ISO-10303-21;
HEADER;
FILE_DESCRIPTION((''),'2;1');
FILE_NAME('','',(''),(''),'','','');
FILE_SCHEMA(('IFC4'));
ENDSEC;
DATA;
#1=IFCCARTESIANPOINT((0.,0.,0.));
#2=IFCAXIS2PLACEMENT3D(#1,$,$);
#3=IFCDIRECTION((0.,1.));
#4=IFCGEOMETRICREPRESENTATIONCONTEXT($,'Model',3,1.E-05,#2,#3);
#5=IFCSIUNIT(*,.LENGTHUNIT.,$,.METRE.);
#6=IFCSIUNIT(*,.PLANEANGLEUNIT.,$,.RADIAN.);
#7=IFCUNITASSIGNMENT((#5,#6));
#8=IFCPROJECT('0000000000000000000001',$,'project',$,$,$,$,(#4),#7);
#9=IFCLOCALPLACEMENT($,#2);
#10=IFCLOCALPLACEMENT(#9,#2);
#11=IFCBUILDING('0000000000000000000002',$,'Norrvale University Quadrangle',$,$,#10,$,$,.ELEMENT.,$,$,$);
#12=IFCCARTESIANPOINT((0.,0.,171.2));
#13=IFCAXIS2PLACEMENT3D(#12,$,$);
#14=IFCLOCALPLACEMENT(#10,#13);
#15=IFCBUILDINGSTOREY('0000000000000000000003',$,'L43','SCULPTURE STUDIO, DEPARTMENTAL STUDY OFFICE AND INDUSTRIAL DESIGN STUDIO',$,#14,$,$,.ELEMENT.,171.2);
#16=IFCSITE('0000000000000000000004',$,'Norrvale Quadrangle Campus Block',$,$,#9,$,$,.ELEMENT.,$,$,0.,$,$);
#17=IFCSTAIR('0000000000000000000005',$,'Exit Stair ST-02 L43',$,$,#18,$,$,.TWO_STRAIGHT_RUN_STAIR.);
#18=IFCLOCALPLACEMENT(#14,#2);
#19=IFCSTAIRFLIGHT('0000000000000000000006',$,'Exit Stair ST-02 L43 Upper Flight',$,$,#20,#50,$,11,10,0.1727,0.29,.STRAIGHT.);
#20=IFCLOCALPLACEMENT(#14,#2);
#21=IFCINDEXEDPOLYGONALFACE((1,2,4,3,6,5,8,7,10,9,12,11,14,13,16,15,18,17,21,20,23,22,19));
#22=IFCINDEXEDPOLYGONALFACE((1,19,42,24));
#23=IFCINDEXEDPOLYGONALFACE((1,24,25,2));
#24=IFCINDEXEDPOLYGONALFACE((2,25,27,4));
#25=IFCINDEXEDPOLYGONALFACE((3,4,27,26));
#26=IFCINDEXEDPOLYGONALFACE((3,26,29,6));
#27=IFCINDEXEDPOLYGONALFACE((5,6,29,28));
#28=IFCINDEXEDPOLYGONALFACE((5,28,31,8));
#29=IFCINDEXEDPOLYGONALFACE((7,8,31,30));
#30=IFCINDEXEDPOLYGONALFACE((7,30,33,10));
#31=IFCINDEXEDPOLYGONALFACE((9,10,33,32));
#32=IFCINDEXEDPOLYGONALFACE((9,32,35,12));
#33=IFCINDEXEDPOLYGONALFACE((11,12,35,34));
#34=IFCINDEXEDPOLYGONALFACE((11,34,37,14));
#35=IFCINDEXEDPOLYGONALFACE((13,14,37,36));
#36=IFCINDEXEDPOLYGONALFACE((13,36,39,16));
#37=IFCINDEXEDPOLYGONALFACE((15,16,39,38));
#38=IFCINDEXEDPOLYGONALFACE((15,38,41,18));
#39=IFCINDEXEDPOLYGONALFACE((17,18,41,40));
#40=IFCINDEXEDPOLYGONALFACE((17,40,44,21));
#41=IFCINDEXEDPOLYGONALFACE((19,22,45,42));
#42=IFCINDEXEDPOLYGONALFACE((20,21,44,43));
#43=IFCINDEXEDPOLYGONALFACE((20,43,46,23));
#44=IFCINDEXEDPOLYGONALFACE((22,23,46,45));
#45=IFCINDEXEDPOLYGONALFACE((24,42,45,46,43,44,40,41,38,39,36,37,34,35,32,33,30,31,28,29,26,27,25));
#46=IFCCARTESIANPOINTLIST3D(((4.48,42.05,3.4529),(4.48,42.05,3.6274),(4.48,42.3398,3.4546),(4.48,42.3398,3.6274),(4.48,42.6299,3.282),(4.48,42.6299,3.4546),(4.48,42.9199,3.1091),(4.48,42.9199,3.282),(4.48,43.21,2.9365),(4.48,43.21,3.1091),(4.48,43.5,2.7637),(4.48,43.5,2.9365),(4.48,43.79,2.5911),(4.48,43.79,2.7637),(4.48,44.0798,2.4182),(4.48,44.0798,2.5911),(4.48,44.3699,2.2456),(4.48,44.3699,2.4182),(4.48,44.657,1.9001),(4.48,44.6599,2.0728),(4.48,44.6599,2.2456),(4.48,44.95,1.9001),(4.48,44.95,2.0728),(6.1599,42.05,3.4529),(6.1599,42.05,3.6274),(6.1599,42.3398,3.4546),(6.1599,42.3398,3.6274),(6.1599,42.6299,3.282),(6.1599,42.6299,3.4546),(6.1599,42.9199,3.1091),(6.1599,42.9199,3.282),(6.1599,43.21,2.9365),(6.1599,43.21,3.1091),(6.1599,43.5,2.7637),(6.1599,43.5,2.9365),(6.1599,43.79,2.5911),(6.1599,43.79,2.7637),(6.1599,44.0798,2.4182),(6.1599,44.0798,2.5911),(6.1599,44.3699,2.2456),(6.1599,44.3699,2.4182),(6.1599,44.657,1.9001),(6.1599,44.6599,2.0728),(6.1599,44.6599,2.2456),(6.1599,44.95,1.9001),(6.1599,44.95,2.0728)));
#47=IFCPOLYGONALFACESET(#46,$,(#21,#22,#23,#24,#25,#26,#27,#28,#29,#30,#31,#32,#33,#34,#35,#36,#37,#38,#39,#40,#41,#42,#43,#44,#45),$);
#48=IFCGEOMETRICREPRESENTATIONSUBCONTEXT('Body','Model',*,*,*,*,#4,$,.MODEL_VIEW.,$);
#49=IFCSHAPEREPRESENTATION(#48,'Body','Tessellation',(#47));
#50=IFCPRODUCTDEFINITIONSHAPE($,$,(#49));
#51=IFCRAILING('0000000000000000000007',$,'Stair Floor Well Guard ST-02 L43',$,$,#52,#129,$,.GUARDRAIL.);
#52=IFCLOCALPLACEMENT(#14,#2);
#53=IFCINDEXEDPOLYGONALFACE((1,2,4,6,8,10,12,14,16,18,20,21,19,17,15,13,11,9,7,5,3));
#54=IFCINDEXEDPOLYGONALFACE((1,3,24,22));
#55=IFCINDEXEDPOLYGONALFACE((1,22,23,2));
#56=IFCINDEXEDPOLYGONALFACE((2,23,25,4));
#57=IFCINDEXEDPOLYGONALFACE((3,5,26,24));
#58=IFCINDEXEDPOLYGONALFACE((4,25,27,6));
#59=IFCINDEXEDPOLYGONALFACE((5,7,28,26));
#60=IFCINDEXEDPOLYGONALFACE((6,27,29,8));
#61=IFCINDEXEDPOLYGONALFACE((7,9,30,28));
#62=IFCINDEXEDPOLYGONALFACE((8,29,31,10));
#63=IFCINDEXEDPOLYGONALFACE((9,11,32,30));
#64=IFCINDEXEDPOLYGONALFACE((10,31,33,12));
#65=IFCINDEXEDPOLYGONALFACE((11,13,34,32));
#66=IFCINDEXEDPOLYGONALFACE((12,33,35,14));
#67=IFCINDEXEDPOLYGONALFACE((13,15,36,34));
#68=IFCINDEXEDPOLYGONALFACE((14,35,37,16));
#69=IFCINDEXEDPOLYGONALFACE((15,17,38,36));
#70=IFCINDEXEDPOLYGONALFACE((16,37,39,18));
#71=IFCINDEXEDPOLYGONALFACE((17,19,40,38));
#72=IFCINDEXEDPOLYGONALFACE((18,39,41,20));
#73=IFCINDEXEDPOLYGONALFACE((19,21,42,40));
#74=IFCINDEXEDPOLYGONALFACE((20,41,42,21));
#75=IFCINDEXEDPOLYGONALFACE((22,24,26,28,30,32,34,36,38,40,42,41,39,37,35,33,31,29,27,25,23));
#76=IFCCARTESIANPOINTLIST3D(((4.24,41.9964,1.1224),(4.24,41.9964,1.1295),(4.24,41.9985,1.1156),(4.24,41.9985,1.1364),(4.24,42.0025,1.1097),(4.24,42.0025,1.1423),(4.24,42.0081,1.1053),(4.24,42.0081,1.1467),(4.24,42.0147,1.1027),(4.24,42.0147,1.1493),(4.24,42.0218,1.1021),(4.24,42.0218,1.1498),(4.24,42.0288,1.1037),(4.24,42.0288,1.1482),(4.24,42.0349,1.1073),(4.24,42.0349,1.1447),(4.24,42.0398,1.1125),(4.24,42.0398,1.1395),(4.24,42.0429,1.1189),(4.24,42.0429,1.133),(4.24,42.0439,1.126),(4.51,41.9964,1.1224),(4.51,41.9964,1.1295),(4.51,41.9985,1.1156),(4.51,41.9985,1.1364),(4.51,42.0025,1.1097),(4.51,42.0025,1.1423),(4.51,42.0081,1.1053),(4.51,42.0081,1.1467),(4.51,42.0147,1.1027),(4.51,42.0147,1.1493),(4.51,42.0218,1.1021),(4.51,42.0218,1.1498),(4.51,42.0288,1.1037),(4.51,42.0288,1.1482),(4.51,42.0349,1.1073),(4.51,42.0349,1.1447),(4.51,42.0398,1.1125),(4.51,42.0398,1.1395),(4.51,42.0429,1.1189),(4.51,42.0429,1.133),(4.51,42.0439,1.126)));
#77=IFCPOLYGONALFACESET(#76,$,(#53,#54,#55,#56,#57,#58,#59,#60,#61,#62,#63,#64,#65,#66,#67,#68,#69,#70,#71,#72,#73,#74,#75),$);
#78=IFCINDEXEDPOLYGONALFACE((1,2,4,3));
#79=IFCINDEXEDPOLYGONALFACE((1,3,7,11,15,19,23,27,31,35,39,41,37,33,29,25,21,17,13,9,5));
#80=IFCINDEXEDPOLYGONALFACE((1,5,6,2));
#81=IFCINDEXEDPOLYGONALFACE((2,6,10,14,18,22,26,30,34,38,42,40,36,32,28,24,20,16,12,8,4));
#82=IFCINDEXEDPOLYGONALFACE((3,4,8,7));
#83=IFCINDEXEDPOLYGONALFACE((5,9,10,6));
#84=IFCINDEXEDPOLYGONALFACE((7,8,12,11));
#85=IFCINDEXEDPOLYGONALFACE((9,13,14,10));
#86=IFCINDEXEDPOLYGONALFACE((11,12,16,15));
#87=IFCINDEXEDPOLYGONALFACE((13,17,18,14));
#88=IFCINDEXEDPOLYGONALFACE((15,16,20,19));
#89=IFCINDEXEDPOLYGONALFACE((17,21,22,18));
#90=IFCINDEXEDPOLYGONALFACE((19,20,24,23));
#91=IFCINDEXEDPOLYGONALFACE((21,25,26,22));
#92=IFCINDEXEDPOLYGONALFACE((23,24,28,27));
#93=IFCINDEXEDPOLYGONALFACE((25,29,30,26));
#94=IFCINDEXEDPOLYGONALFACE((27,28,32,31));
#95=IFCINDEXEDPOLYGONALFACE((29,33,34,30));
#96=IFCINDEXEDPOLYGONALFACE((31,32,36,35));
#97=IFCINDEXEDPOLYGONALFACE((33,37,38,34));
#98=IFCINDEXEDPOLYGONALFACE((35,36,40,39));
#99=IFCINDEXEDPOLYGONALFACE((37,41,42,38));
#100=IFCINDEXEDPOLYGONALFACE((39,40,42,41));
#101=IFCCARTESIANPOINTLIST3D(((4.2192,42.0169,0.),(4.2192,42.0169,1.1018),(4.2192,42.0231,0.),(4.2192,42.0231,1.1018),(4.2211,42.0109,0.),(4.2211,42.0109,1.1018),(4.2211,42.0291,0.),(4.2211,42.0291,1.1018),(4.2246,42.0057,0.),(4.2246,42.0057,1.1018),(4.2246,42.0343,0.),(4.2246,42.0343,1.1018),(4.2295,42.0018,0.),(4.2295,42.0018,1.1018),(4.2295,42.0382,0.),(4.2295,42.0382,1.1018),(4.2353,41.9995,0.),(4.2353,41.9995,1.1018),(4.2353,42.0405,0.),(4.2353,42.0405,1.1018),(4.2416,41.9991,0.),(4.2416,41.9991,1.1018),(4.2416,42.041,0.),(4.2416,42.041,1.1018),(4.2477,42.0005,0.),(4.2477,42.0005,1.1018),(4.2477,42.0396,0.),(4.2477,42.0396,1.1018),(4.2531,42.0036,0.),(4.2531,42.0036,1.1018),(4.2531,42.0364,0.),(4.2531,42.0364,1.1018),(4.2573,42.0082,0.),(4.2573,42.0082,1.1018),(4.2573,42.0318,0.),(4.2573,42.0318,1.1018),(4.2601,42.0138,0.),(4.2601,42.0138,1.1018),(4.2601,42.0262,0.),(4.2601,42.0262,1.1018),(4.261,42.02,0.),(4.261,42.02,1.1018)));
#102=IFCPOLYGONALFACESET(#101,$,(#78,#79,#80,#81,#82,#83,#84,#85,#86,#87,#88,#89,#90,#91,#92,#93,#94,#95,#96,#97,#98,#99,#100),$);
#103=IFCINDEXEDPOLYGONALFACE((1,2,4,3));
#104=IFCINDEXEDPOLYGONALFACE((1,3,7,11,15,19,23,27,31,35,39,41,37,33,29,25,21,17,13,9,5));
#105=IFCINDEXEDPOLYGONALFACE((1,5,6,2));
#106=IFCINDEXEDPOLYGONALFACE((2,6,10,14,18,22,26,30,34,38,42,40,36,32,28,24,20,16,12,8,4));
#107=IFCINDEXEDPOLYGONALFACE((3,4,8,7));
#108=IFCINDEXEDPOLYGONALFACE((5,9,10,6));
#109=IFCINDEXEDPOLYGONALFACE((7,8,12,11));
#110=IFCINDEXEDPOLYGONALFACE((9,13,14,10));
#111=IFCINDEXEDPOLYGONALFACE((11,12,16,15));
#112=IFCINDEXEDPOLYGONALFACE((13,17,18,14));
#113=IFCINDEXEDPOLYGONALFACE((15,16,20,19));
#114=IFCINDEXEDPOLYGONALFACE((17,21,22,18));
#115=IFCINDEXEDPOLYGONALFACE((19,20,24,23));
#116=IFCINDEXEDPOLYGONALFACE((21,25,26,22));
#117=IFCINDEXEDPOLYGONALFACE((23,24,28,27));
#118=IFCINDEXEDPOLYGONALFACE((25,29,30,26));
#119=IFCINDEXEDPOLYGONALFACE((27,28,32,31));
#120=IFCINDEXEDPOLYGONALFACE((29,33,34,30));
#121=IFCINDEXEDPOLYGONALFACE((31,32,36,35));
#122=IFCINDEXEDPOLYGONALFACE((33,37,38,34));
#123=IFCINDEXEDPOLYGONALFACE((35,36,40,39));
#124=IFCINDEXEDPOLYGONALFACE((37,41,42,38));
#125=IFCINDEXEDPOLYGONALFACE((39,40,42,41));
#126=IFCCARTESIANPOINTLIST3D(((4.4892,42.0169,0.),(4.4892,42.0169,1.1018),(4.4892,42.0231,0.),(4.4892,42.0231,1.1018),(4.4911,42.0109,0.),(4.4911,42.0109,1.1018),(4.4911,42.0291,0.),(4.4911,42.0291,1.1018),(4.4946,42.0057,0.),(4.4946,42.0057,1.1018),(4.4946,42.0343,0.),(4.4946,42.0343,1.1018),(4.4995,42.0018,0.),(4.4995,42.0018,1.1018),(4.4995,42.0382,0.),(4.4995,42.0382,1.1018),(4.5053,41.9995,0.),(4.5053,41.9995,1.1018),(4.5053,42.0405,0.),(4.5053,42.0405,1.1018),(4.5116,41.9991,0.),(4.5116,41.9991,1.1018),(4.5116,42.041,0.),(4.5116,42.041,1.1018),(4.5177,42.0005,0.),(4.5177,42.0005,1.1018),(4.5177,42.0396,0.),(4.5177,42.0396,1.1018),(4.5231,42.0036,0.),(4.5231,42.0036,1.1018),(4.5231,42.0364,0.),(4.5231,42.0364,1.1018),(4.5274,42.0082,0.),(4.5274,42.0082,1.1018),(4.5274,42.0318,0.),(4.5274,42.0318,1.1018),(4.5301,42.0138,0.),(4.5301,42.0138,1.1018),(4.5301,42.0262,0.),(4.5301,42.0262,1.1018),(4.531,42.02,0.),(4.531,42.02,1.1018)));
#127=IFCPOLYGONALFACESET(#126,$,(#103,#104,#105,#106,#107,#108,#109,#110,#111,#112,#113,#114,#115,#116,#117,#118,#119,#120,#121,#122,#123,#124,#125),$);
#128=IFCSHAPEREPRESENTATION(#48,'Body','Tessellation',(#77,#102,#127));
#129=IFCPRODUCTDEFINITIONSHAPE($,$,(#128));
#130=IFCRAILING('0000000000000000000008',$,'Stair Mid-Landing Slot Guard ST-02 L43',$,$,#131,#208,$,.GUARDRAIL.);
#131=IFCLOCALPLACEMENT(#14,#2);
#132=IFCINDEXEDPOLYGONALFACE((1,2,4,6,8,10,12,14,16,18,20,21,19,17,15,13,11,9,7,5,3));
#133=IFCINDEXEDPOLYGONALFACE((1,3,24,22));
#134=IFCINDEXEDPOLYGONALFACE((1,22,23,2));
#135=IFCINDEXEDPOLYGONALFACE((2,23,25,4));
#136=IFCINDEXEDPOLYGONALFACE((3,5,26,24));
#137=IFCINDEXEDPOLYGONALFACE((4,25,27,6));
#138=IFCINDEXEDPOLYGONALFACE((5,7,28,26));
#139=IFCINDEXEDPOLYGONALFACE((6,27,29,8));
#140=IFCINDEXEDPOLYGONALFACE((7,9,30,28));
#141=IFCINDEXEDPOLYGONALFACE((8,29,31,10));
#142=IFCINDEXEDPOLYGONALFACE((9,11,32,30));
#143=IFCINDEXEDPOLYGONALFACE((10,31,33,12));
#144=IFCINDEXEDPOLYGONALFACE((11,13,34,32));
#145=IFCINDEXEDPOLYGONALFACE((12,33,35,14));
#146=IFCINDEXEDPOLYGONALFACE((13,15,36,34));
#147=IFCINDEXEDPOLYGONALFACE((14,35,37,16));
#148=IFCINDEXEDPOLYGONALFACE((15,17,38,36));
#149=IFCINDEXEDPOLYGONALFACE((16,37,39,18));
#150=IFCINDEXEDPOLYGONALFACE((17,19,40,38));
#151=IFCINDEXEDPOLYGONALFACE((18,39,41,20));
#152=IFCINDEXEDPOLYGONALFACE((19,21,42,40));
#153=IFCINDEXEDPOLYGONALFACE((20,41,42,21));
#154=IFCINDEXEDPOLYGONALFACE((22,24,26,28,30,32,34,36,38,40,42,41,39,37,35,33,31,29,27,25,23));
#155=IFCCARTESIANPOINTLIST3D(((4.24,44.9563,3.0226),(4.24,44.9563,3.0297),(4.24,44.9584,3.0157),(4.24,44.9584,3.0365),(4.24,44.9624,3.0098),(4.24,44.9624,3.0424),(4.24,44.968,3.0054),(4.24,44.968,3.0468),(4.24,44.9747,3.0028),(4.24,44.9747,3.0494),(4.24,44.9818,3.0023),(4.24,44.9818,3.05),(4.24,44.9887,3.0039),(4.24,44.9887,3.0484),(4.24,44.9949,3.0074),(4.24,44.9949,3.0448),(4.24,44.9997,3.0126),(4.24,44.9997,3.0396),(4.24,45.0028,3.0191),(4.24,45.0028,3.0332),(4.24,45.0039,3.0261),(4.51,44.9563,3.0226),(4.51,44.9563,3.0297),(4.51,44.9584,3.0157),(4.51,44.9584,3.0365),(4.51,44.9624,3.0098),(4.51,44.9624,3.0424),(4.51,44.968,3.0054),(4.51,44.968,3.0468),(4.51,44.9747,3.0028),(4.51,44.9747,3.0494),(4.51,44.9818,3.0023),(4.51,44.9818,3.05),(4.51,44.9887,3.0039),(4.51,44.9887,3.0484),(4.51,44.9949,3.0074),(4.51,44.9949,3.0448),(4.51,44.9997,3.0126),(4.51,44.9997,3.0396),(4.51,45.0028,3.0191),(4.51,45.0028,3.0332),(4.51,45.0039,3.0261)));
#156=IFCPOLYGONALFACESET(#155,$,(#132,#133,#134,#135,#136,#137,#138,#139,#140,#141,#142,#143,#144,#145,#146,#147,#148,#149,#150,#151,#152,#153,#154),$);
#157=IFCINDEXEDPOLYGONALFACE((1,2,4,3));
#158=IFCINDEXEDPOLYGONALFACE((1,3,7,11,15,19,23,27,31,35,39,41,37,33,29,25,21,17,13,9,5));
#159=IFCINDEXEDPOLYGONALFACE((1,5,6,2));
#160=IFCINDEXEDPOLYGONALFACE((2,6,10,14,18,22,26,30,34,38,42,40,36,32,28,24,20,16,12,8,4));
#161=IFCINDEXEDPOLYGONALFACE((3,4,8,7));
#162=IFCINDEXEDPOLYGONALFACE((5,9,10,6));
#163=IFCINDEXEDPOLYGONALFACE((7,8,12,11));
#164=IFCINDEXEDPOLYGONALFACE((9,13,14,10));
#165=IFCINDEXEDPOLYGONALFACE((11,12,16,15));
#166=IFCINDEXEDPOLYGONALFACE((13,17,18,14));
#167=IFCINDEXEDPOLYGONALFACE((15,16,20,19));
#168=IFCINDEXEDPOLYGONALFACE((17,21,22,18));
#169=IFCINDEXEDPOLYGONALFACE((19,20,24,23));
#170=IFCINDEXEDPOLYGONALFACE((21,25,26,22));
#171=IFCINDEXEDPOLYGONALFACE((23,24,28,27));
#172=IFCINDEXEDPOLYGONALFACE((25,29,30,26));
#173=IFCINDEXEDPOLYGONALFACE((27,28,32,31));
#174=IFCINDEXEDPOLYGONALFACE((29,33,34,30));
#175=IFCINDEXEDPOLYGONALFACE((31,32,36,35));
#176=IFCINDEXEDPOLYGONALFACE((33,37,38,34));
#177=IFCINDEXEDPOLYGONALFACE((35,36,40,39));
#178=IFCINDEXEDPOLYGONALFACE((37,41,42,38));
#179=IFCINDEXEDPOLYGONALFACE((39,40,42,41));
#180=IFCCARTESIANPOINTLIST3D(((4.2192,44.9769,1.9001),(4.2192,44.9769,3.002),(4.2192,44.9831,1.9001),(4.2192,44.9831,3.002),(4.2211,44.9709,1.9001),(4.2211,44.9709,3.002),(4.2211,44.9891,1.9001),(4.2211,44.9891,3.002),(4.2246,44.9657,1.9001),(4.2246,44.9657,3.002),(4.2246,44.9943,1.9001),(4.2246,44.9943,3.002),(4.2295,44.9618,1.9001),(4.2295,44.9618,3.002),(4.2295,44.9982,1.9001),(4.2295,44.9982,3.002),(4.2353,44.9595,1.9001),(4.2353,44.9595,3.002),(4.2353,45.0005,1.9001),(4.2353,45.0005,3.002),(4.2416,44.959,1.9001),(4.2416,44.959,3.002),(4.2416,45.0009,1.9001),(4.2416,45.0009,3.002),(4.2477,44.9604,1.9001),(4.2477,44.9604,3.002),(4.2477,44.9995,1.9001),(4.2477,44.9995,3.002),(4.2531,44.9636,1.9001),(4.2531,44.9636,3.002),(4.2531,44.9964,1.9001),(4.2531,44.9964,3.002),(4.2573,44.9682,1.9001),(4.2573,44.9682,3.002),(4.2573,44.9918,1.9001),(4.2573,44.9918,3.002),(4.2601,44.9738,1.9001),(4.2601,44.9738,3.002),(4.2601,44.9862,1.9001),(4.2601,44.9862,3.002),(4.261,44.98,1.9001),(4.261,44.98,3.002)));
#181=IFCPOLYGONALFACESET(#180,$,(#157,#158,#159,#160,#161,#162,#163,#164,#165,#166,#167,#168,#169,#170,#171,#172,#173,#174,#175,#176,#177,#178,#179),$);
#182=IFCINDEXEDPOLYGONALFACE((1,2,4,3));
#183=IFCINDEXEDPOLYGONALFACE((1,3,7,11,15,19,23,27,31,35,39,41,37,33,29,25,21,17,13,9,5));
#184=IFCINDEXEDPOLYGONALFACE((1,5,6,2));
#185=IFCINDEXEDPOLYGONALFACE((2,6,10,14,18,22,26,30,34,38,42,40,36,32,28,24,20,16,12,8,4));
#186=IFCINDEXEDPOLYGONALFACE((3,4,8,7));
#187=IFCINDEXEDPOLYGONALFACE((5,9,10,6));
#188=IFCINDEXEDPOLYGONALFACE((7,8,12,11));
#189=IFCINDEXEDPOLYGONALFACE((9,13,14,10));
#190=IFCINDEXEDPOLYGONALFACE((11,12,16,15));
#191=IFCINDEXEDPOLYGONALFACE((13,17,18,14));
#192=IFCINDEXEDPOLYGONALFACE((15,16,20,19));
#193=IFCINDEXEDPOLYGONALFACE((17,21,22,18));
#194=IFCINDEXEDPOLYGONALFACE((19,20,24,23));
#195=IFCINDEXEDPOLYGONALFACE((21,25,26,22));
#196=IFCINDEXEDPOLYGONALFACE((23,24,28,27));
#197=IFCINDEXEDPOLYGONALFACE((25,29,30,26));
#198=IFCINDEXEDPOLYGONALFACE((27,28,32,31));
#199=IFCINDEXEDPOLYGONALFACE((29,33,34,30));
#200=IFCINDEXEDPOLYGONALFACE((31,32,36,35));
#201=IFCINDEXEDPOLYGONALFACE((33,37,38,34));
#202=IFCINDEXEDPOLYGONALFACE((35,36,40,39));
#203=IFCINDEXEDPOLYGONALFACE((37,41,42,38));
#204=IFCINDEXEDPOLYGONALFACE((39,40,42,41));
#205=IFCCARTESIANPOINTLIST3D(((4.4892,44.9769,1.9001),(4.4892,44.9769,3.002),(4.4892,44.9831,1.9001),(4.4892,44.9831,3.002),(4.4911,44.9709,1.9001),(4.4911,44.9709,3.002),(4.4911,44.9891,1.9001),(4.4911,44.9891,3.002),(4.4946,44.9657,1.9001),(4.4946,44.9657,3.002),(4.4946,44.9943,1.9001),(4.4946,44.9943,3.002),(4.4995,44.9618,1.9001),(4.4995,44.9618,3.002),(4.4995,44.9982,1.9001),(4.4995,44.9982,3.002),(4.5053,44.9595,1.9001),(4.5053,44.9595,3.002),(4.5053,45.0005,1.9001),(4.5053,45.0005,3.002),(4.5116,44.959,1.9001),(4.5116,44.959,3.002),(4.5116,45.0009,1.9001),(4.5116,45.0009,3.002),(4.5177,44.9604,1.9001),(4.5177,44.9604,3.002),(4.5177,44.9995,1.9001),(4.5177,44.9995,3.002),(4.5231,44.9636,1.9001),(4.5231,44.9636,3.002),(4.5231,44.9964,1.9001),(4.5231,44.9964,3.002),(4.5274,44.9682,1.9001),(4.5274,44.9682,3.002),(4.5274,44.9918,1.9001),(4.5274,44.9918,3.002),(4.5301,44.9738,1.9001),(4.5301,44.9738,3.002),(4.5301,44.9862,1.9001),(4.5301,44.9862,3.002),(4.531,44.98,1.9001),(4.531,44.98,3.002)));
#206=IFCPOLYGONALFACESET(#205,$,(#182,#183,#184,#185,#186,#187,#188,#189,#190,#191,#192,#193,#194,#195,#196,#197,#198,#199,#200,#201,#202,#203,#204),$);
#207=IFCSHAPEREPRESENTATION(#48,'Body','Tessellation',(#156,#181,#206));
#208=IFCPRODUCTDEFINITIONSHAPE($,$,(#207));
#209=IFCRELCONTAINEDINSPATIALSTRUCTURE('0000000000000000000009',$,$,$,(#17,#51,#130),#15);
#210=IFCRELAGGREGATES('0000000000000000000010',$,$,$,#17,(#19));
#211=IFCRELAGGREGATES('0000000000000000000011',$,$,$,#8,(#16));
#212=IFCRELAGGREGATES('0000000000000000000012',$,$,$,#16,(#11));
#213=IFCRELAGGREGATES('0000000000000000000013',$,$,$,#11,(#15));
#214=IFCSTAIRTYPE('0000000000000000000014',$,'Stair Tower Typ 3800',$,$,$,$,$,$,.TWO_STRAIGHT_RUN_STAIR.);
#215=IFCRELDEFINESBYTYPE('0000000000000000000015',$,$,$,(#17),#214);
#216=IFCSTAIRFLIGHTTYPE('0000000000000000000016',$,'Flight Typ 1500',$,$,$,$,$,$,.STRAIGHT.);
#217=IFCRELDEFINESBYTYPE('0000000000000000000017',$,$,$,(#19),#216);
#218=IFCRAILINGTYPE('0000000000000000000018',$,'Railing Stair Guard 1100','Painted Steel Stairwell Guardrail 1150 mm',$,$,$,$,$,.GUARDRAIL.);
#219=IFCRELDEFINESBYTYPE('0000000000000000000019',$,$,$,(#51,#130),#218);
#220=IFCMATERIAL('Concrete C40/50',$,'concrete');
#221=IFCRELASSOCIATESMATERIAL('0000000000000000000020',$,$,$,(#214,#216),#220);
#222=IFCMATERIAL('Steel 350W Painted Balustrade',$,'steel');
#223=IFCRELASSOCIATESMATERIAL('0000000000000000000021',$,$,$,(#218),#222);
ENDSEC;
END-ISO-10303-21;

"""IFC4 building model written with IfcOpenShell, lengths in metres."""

from ifc_helpers import new_model, si_unit, direction, frame, origin, origin_2d, place, context, subcontext, project, spatial, polyline, circle, outline, extrude, material, type_object, element, aggregate, save


model = new_model("IFC4")

# Units and contexts
model_context = context("Model", 3, precision=1e-05, world=origin(), true_north=direction((0.0, 1.0)))
body_context = subcontext(model_context, "Body", "Model", "MODEL_VIEW")
ifc_project = project(units=[si_unit("LENGTHUNIT", "METRE"), si_unit("PLANEANGLEUNIT", "RADIAN")], contexts=[model_context])

# Site, building, storey
site_placement = place(None, origin())
site = spatial("IfcSite", under=ifc_project, at=site_placement, Name="Norrvale Quadrangle Campus Block", CompositionType="ELEMENT", RefElevation=0.0)
building_placement = place(site_placement, origin())
building = spatial("IfcBuilding", under=site, at=building_placement, Name="Norrvale University Quadrangle", CompositionType="ELEMENT")
storey_placement = place(building_placement, frame((0.0, 0.0, 171.2)))
storey = spatial("IfcBuildingStorey", under=building, at=storey_placement, Name="L43", Description="SCULPTURE STUDIO, DEPARTMENTAL STUDY OFFICE AND INDUSTRIAL DESIGN STUDIO", CompositionType="ELEMENT", Elevation=171.2)

# Stair, stair flight
ifc_material_1 = material(Name="Concrete C40/50", Category="concrete")
stair_type = type_object("IfcStairType", Name="Stair Tower Typ 3800", PredefinedType="TWO_STRAIGHT_RUN_STAIR", material=ifc_material_1)
stair_placement = place(storey_placement, origin())
stair = element("IfcStair", 1, at=stair_placement, inside=storey, type_object=stair_type, Name="Exit Stair ST-02 L43", PredefinedType="TWO_STRAIGHT_RUN_STAIR")
stair_flight_type = type_object("IfcStairFlightType", Name="Flight Typ 1500", PredefinedType="STRAIGHT", material=ifc_material_1)
stair_flight_1_placement = place(storey_placement, frame((5.3201, 44.95, 1.9001), z_axis=(0.0, 0.0, 1.0), x_axis=(0.0, -1.0, 0.0)))
stair_flight_1 = element("IfcStairFlight", 2, at=stair_flight_1_placement, type_object=stair_flight_type, Name="Exit Stair ST-02 L43 Upper Flight", NumberOfRisers=11, NumberOfTreads=10, PredefinedType="STRAIGHT", RiserHeight=0.1727, TreadLength=0.29, context=body_context, shape_type="SweptSolid", body=[
    extrude(outline(polyline([(0.0, 0.0), (0.0, 0.1726), (0.29, 0.1726), (0.29, 0.3455), (0.5801, 0.3455), (0.5801, 0.5181), (0.8701, 0.5181), (0.8701, 0.6909), (1.1599, 0.6909), (1.1599, 0.8635), (1.45, 0.8635), (1.45, 1.0364), (1.74, 1.0364), (1.74, 1.209), (2.03, 1.209), (2.03, 1.3818), (2.3201, 1.3818), (2.3201, 1.5544), (2.6101, 1.5544), (2.6101, 1.7273), (2.8999, 1.7273), (2.8999, 1.8999), (2.8999, 1.5527), (0.293, 0.0), (0.0, 0.0)])), frame((0.0, 0.8398, 0.0), z_axis=(0.0, -1.0, 0.0), x_axis=(1.0, 0.0, 0.0)), (0.0, 0.0, 1.0), 1.6799),
])
aggregate(stair, [stair_flight_1])

# Railings
ifc_material_2 = material(Name="Steel 350W Painted Balustrade", Category="steel")
railing_type_1 = type_object("IfcRailingType", Name="Railing Stair Guard 1100", Description="Painted Steel Stairwell Guardrail 1150 mm", PredefinedType="GUARDRAIL", material=ifc_material_2)
for number, where, name in (
    (3, (4.24, 42.02, 0.0), "Stair Floor Well Guard ST-02 L43"),
    (4, (4.24, 44.98, 1.9001), "Stair Mid-Landing Slot Guard ST-02 L43"),
):
    element("IfcRailing", number, at=place(storey_placement, frame(where)), inside=storey, type_object=railing_type_1, Name=name, PredefinedType="GUARDRAIL", context=body_context, shape_type="SweptSolid", body=[
        extrude(circle(Radius=0.0239, at=origin_2d()), frame((0.0, 0.0, 1.126), z_axis=(1.0, 0.0, 0.0), x_axis=(0.0, 1.0, 0.0)), (0.0, 0.0, 1.0), 0.27),
        extrude(circle(Radius=0.021, at=origin_2d()), origin(), (0.0, 0.0, 1.0), 1.1018),
        extrude(circle(Radius=0.021, at=origin_2d()), frame((0.27, 0.0, 0.0)), (0.0, 0.0, 1.0), 1.1018),
    ])

save(model, "model.ifc")
